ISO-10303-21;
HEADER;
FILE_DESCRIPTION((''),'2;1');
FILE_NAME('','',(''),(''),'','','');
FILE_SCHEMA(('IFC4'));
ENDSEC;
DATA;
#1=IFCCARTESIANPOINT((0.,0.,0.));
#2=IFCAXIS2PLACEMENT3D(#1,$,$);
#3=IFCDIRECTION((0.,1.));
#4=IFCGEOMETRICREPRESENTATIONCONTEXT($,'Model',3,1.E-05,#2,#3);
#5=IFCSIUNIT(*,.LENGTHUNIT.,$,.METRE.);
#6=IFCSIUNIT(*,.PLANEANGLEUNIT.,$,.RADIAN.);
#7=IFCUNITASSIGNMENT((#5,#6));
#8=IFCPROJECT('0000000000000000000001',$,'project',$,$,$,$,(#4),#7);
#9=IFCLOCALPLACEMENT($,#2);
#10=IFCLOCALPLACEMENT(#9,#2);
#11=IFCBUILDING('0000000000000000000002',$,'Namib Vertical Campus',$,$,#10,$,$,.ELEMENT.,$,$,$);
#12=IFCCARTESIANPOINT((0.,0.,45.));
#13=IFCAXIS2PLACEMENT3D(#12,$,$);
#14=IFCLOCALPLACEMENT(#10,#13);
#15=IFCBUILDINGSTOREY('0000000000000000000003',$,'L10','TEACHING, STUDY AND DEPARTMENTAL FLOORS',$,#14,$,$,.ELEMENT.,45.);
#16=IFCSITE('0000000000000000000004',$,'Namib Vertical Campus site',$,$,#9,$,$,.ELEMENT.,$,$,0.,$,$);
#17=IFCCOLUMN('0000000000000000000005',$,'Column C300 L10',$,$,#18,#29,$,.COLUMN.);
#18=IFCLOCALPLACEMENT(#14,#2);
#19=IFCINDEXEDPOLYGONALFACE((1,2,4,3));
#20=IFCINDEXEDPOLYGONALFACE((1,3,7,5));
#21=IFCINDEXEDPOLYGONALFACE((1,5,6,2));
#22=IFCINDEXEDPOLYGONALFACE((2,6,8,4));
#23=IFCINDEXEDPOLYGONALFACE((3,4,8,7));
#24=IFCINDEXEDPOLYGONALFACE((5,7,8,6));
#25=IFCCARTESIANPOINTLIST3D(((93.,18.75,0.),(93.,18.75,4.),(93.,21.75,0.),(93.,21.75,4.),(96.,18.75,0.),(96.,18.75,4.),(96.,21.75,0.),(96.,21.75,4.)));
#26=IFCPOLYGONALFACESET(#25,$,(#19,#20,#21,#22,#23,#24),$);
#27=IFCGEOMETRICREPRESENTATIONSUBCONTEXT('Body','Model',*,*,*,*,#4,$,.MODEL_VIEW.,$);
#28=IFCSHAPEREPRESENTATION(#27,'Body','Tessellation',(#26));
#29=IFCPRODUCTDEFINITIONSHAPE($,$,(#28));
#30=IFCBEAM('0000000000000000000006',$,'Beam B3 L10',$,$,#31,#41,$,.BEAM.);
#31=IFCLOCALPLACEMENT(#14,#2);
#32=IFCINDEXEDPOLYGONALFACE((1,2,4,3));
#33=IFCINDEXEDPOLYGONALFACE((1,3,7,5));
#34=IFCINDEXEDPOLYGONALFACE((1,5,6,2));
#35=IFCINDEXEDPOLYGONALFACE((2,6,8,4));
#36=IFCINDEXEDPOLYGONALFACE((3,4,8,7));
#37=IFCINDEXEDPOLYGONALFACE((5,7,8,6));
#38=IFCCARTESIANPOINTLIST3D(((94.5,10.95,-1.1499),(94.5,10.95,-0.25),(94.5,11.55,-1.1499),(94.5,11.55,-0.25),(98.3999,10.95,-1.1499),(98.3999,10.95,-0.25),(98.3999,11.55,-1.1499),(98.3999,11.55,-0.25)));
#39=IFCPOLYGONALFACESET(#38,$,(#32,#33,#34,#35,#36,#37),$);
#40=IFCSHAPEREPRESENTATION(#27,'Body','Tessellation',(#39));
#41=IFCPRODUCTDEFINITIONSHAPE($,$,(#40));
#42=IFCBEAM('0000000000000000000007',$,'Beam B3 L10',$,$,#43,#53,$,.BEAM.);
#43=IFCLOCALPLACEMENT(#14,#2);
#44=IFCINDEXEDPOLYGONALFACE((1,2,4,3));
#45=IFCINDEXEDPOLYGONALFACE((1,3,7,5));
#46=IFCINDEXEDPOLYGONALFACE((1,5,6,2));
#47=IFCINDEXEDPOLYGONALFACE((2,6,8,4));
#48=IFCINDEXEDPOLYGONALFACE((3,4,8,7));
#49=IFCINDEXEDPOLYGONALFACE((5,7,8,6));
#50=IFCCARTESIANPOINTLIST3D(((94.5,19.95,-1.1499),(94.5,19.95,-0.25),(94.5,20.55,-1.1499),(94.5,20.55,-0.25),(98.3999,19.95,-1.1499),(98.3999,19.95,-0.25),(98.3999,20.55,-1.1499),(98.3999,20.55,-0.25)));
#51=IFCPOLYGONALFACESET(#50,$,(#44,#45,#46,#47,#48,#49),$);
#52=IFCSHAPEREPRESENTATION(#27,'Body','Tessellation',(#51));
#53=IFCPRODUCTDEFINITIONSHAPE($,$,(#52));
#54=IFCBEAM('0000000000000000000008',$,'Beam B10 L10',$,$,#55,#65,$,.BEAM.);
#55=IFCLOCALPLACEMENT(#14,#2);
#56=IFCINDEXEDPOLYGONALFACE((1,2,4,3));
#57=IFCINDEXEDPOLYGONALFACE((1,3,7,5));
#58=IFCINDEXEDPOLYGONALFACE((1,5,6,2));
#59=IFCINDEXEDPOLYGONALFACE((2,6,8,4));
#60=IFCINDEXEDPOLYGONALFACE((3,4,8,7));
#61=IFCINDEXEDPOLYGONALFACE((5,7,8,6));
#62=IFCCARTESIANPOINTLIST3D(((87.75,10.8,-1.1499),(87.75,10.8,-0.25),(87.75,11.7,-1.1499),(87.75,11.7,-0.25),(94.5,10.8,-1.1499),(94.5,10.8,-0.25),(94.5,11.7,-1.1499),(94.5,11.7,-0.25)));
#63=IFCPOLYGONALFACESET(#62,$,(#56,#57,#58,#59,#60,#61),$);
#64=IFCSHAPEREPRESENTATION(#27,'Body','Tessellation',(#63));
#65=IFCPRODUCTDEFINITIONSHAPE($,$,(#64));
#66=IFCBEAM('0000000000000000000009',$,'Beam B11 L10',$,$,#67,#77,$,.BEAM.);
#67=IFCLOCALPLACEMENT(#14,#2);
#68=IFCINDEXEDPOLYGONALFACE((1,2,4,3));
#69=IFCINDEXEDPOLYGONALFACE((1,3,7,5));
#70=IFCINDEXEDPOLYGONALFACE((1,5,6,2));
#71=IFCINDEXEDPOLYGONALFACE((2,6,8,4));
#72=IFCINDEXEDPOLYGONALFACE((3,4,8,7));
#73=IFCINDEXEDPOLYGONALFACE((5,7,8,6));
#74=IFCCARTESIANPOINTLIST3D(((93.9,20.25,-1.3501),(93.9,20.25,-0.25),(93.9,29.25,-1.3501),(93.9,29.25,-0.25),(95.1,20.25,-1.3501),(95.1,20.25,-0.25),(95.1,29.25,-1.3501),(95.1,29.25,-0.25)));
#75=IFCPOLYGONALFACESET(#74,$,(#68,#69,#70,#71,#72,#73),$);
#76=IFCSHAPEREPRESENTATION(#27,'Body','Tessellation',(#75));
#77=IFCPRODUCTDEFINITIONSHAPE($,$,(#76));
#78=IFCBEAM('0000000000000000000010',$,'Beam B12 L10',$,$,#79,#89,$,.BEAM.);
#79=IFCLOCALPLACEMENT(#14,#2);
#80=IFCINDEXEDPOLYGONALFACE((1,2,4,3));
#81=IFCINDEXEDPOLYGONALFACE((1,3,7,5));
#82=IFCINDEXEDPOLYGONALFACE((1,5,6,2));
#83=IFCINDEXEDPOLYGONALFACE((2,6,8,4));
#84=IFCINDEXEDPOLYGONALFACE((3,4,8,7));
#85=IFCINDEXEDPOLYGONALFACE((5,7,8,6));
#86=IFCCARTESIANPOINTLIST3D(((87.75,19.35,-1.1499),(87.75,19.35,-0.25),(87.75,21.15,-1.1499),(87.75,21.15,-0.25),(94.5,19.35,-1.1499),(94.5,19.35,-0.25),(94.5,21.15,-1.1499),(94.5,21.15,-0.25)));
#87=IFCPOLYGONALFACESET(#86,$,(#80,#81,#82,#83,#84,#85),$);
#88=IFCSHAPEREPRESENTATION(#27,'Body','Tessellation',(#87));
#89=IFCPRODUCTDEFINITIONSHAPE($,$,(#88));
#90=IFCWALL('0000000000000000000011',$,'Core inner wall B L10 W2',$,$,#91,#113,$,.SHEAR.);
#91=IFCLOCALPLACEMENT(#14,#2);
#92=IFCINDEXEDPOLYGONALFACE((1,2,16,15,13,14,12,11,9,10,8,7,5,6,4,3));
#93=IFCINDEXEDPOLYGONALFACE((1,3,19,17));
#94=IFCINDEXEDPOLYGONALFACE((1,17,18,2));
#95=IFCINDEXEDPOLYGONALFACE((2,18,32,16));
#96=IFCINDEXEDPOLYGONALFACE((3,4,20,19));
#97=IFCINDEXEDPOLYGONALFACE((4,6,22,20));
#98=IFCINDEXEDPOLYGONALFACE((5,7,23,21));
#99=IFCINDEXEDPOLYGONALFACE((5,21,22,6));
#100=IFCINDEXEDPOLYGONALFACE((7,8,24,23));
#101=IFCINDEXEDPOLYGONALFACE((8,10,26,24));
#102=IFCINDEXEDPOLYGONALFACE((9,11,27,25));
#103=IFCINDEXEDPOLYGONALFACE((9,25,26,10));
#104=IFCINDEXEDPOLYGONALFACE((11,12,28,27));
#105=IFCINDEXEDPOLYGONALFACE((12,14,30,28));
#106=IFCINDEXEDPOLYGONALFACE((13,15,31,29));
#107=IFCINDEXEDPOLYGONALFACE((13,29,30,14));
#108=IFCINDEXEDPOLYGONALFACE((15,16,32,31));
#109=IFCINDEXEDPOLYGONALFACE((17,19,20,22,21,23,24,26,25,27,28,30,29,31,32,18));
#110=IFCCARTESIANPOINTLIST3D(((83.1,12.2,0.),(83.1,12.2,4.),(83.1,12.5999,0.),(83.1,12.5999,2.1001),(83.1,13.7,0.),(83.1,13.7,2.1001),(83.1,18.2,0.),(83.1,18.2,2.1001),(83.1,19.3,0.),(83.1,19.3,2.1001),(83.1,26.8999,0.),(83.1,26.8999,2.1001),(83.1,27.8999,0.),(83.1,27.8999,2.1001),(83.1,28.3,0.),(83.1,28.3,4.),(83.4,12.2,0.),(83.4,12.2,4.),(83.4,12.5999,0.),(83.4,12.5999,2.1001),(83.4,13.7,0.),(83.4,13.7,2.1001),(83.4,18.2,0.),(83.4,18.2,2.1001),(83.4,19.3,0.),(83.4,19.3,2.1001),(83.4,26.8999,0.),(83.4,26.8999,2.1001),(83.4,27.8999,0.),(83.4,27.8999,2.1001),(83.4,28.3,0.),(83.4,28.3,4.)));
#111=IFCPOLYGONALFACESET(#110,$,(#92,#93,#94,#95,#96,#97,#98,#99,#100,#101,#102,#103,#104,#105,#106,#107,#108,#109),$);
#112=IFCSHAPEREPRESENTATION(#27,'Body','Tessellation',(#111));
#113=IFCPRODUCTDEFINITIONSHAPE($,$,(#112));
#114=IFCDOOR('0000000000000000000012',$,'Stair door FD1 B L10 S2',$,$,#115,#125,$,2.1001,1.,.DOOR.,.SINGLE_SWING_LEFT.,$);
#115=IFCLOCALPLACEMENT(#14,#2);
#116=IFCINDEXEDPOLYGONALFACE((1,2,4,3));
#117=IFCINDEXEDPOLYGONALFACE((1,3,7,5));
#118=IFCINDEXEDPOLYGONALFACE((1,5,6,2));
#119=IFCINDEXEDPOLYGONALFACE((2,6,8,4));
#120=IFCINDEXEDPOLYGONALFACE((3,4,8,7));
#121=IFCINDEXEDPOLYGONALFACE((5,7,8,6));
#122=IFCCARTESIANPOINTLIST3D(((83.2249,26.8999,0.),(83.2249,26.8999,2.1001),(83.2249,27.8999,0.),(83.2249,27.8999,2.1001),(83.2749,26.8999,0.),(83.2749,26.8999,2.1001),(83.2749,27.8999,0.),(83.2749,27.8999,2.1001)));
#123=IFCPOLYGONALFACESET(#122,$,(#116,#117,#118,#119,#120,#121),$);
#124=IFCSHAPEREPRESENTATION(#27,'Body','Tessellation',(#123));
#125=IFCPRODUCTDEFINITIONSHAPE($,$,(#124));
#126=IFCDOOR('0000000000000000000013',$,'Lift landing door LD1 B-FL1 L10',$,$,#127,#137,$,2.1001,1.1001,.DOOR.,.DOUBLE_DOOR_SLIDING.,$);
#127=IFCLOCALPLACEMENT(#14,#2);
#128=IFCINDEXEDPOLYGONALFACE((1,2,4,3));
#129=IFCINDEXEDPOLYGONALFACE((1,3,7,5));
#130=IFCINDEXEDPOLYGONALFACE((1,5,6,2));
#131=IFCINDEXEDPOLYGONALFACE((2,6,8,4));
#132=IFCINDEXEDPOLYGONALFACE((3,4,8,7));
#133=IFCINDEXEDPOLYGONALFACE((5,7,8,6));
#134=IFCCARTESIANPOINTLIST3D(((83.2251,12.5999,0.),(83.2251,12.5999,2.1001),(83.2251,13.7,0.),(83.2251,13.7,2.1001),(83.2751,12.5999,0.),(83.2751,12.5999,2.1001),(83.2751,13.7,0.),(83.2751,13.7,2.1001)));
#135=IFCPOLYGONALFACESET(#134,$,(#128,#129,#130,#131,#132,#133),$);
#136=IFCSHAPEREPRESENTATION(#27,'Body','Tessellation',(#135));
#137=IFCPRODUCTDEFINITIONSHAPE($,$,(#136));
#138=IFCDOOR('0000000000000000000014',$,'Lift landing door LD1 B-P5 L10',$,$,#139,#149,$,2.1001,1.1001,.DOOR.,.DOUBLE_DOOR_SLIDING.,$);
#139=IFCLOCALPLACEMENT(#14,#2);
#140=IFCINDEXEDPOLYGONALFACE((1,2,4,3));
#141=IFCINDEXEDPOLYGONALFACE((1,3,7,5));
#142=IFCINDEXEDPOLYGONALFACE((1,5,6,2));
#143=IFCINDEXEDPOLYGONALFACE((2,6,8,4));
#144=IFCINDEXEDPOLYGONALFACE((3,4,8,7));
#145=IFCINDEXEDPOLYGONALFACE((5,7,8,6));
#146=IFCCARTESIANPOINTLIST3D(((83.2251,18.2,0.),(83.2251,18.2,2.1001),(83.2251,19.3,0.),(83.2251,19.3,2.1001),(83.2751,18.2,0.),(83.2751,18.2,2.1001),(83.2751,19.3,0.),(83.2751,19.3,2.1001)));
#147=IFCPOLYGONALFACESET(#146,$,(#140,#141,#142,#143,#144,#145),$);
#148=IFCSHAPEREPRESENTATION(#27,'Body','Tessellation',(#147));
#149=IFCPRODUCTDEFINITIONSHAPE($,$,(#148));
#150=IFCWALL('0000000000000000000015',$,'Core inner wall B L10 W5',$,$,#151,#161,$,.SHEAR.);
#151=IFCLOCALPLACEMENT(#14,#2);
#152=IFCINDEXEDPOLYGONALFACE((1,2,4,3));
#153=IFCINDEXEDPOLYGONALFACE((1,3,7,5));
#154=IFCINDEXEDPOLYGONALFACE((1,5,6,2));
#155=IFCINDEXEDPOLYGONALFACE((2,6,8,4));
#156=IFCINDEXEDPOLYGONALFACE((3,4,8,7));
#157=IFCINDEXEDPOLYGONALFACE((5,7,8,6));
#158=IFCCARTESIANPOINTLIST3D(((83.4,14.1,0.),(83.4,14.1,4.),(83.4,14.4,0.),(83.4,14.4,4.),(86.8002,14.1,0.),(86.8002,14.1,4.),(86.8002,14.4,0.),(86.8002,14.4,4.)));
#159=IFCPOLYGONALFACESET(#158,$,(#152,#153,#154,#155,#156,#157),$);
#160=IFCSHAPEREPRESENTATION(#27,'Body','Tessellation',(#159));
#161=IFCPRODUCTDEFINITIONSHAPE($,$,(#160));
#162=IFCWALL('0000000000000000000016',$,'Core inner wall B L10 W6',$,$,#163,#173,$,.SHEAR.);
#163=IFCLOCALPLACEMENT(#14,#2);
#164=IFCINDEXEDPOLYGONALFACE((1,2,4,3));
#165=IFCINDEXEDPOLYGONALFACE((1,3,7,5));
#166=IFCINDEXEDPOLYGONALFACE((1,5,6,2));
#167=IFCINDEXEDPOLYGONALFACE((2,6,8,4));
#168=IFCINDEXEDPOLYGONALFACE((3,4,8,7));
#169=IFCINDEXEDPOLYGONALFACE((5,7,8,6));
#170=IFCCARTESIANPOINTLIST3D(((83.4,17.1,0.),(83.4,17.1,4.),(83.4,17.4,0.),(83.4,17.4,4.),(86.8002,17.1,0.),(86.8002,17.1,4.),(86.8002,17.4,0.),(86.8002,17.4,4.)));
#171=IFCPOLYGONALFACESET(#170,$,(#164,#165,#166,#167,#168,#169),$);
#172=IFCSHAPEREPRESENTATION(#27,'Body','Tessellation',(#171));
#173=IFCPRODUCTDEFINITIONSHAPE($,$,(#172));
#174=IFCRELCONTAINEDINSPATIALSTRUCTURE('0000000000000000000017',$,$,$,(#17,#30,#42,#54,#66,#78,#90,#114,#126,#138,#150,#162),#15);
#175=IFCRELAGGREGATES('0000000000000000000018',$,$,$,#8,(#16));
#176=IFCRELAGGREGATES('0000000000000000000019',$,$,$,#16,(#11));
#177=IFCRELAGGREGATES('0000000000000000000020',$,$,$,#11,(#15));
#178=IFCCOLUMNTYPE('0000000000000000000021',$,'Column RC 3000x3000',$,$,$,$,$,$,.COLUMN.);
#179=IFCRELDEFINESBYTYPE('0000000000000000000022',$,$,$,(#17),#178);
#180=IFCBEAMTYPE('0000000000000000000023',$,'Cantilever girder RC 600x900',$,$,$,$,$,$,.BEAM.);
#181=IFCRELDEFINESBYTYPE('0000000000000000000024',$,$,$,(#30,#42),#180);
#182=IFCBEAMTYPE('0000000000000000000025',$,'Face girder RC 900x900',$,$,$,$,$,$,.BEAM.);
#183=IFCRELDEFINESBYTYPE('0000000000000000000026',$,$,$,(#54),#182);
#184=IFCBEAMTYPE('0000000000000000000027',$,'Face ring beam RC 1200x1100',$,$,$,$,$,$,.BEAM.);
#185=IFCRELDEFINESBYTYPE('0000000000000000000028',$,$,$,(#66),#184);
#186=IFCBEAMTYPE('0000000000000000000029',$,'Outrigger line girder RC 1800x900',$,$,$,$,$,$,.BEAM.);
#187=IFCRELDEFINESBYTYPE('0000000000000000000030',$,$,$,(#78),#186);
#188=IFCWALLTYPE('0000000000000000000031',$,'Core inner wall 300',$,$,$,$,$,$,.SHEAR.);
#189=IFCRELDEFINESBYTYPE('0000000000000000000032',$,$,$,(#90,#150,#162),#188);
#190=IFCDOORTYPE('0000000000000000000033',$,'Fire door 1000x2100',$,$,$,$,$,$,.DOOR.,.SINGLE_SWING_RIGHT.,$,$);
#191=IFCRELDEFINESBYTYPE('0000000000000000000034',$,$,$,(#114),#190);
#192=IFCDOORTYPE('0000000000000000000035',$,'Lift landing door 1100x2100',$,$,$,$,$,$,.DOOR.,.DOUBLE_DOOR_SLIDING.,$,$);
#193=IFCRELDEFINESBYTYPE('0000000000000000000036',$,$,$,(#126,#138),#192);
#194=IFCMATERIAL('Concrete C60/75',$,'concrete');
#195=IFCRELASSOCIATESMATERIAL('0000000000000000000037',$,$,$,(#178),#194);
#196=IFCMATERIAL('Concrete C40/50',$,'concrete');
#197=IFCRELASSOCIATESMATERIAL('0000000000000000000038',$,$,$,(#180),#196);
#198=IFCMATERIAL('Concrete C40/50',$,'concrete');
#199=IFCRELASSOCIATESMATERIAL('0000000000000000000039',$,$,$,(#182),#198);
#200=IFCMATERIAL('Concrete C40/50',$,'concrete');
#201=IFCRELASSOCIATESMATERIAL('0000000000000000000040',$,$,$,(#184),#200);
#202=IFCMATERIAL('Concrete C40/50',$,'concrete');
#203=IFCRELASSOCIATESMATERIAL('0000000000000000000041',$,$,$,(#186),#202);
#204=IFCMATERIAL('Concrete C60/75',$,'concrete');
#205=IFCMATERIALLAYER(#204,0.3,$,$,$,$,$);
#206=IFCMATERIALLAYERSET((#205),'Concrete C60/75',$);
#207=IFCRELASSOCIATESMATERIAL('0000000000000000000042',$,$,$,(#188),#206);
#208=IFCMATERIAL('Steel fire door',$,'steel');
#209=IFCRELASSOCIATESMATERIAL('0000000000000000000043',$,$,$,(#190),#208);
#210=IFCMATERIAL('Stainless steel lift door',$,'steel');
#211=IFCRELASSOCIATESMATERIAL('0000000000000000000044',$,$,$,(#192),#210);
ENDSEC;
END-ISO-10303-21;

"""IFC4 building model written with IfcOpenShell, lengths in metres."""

from ifc_helpers import new_model, si_unit, direction, frame, frame_2d, origin, origin_2d, place, context, subcontext, project, spatial, rectangle, extrude, material, layer, layer_set, material_profile, profile_set, type_object, element, fill, save


model = new_model("IFC4")

# Units and contexts
model_context = context("Model", 3, precision=1e-05, world=origin(), true_north=direction((0.0, 1.0)))
body_context = subcontext(model_context, "Body", "Model", "MODEL_VIEW")
ifc_project = project(units=[si_unit("LENGTHUNIT", "METRE"), si_unit("PLANEANGLEUNIT", "RADIAN")], contexts=[model_context])

# Site, building, storey
site_placement = place(None, origin())
site = spatial("IfcSite", under=ifc_project, at=site_placement, Name="Namib Vertical Campus site", CompositionType="ELEMENT", RefElevation=0.0)
building_placement = place(site_placement, origin())
building = spatial("IfcBuilding", under=site, at=building_placement, Name="Namib Vertical Campus", CompositionType="ELEMENT")
storey_placement = place(building_placement, frame((0.0, 0.0, 45.0)))
storey = spatial("IfcBuildingStorey", under=building, at=storey_placement, Name="L10", Description="TEACHING, STUDY AND DEPARTMENTAL FLOORS", CompositionType="ELEMENT", Elevation=45.0)

# Column
ifc_material_1 = material(Name="Concrete C60/75", Category="concrete")
ifc_material_profile_1 = material_profile(ifc_material_1, rectangle(XDim=3.0, YDim=3.0, at=origin_2d()))
ifc_profile_set_1 = profile_set([ifc_material_profile_1], Name="Concrete C60/75")
column_type = type_object("IfcColumnType", Name="Column RC 3000x3000", PredefinedType="COLUMN", material=ifc_profile_set_1)
column_placement = place(storey_placement, frame((94.5, 20.25, 0.0), z_axis=(0.0, 0.0, 1.0), x_axis=(1.0, 0.0, 0.0)))
element("IfcColumn", 1, at=column_placement, inside=storey, type_object=column_type, Name="Column C300 L10", PredefinedType="COLUMN", context=body_context, shape_type="SweptSolid", body=[
    extrude(rectangle(XDim=3.0, YDim=3.0, at=origin_2d()), origin(), (0.0, 0.0, 1.0), 4.0),
])

# Beams
ifc_material_2 = material(Name="Concrete C40/50", Category="concrete")
ifc_material_profile_2 = material_profile(ifc_material_2, rectangle(XDim=0.6001, YDim=0.8999, at=origin_2d()))
ifc_profile_set_2 = profile_set([ifc_material_profile_2], Name="Concrete C40/50")
beam_type_1 = type_object("IfcBeamType", Name="Cantilever girder RC 600x900", PredefinedType="BEAM", material=ifc_profile_set_2)
for number, where, z_axis, x_axis, name in (
    (2, (94.5, 11.25, -0.7), (1.0, 0.0, 0.0), (0.0, 1.0, 0.0), "Beam B3 L10"),
    (3, (94.5, 20.25, -0.7), (1.0, 0.0, 0.0), (0.0, 1.0, 0.0), "Beam B3 L10"),
):
    element("IfcBeam", number, at=place(storey_placement, frame(where, z_axis=z_axis, x_axis=x_axis)), inside=storey, type_object=beam_type_1, Name=name, PredefinedType="BEAM", context=body_context, shape_type="SweptSolid", body=[
        extrude(rectangle(XDim=0.6001, YDim=0.8999, at=origin_2d()), origin(), (0.0, 0.0, 1.0), 3.8999),
    ])
ifc_material_3 = material(Name="Concrete C40/50", Category="concrete")
ifc_material_profile_3 = material_profile(ifc_material_3, rectangle(XDim=0.8999, YDim=0.8999, at=origin_2d()))
ifc_profile_set_3 = profile_set([ifc_material_profile_3], Name="Concrete C40/50")
beam_type_2 = type_object("IfcBeamType", Name="Face girder RC 900x900", PredefinedType="BEAM", material=ifc_profile_set_3)
beam_1_placement = place(storey_placement, frame((94.5, 11.25, -0.7), z_axis=(-1.0, 0.0, 0.0), x_axis=(0.0, -1.0, 0.0)))
element("IfcBeam", 4, at=beam_1_placement, inside=storey, type_object=beam_type_2, Name="Beam B10 L10", PredefinedType="BEAM", context=body_context, shape_type="SweptSolid", body=[
    extrude(rectangle(XDim=0.8999, YDim=0.8999, at=origin_2d()), origin(), (0.0, 0.0, 1.0), 6.75),
])
ifc_material_4 = material(Name="Concrete C40/50", Category="concrete")
ifc_material_profile_4 = material_profile(ifc_material_4, rectangle(XDim=1.2, YDim=1.1001, at=origin_2d()))
ifc_profile_set_4 = profile_set([ifc_material_profile_4], Name="Concrete C40/50")
beam_type_3 = type_object("IfcBeamType", Name="Face ring beam RC 1200x1100", PredefinedType="BEAM", material=ifc_profile_set_4)
beam_2_placement = place(storey_placement, frame((94.5, 20.25, -0.8), z_axis=(0.0, 1.0, 0.0), x_axis=(-1.0, 0.0, 0.0)))
element("IfcBeam", 5, at=beam_2_placement, inside=storey, type_object=beam_type_3, Name="Beam B11 L10", PredefinedType="BEAM", context=body_context, shape_type="SweptSolid", body=[
    extrude(rectangle(XDim=1.2, YDim=1.1001, at=origin_2d()), origin(), (0.0, 0.0, 1.0), 9.0),
])
ifc_material_5 = material(Name="Concrete C40/50", Category="concrete")
ifc_material_profile_5 = material_profile(ifc_material_5, rectangle(XDim=1.8, YDim=0.8999, at=origin_2d()))
ifc_profile_set_5 = profile_set([ifc_material_profile_5], Name="Concrete C40/50")
beam_type_4 = type_object("IfcBeamType", Name="Outrigger line girder RC 1800x900", PredefinedType="BEAM", material=ifc_profile_set_5)
beam_3_placement = place(storey_placement, frame((94.5, 20.25, -0.7), z_axis=(-1.0, 0.0, 0.0), x_axis=(0.0, -1.0, 0.0)))
element("IfcBeam", 6, at=beam_3_placement, inside=storey, type_object=beam_type_4, Name="Beam B12 L10", PredefinedType="BEAM", context=body_context, shape_type="SweptSolid", body=[
    extrude(rectangle(XDim=1.8, YDim=0.8999, at=origin_2d()), origin(), (0.0, 0.0, 1.0), 6.75),
])

# Wall, openings, doors
ifc_material_6 = material(Name="Concrete C60/75", Category="concrete")
ifc_layer_1 = layer(ifc_material_6, 0.3)
ifc_layer_set_1 = layer_set([ifc_layer_1], Name="Concrete C60/75")
wall_type_1 = type_object("IfcWallType", Name="Core inner wall 300", PredefinedType="SHEAR", material=ifc_layer_set_1)
wall_1_placement = place(storey_placement, frame((83.25, 12.2, 0.0), z_axis=(0.0, 0.0, 1.0), x_axis=(0.0, 1.0, 0.0)))
wall_1 = element("IfcWall", 7, at=wall_1_placement, inside=storey, type_object=wall_type_1, Name="Core inner wall B L10 W2", PredefinedType="SHEAR", context=body_context, shape_type="SweptSolid", body=[
    extrude(rectangle(XDim=16.1001, YDim=0.3, at=frame_2d((8.05, 0.0))), origin(), (0.0, 0.0, 1.0), 4.0),
])
opening_1_placement = place(wall_1_placement, frame((14.7, 0.0, 0.0)))
opening_1 = element("IfcOpeningElement", 8, at=opening_1_placement, cuts=wall_1, PredefinedType="OPENING", context=body_context, shape_type="SweptSolid", body=[
    extrude(rectangle(XDim=1.0, YDim=2.1001, at=frame_2d((0.5, 1.05))), frame((0.0, 0.1599, 0.0), z_axis=(0.0, -1.0, 0.0), x_axis=(1.0, 0.0, 0.0)), (0.0, 0.0, 1.0), 0.3201),
])
opening_2_placement = place(wall_1_placement, frame((0.3999, 0.0, 0.0)))
opening_2 = element("IfcOpeningElement", 9, at=opening_2_placement, cuts=wall_1, PredefinedType="OPENING", context=body_context, shape_type="SweptSolid", body=[
    extrude(rectangle(XDim=1.1001, YDim=2.1001, at=frame_2d((0.55, 1.05))), frame((0.0, 0.1599, 0.0), z_axis=(0.0, -1.0, 0.0), x_axis=(1.0, 0.0, 0.0)), (0.0, 0.0, 1.0), 0.3201),
])
opening_3_placement = place(wall_1_placement, frame((6.0, 0.0, 0.0)))
opening_3 = element("IfcOpeningElement", 10, at=opening_3_placement, cuts=wall_1, PredefinedType="OPENING", context=body_context, shape_type="SweptSolid", body=[
    extrude(rectangle(XDim=1.1001, YDim=2.1001, at=frame_2d((0.55, 1.05))), frame((0.0, 0.1599, 0.0), z_axis=(0.0, -1.0, 0.0), x_axis=(1.0, 0.0, 0.0)), (0.0, 0.0, 1.0), 0.3201),
])
ifc_material_7 = material(Name="Steel fire door", Category="steel")
door_type_1 = type_object("IfcDoorType", Name="Fire door 1000x2100", OperationType="SINGLE_SWING_RIGHT", PredefinedType="DOOR", material=ifc_material_7)
door_1_placement = place(opening_1_placement, frame((1.0, 0.0, 0.0), z_axis=(0.0, 0.0, 1.0), x_axis=(-1.0, 0.0, 0.0)))
door_1 = element("IfcDoor", 11, at=door_1_placement, inside=storey, type_object=door_type_1, Name="Stair door FD1 B L10 S2", OperationType="SINGLE_SWING_LEFT", OverallHeight=2.1001, OverallWidth=1.0, PredefinedType="DOOR", context=body_context, shape_type="SweptSolid", body=[
    extrude(rectangle(XDim=1.0, YDim=2.1001, at=frame_2d((0.5, 1.05))), frame((0.0, 0.0249, 0.0), z_axis=(0.0, -1.0, 0.0), x_axis=(1.0, 0.0, 0.0)), (0.0, 0.0, 1.0), 0.05),
])
fill(opening_1, door_1)
ifc_material_8 = material(Name="Stainless steel lift door", Category="steel")
door_type_2 = type_object("IfcDoorType", Name="Lift landing door 1100x2100", OperationType="DOUBLE_DOOR_SLIDING", PredefinedType="DOOR", material=ifc_material_8)
door_2_placement = place(opening_2_placement, origin())
door_2 = element("IfcDoor", 12, at=door_2_placement, inside=storey, type_object=door_type_2, Name="Lift landing door LD1 B-FL1 L10", OperationType="DOUBLE_DOOR_SLIDING", OverallHeight=2.1001, OverallWidth=1.1001, PredefinedType="DOOR", context=body_context, shape_type="SweptSolid", body=[
    extrude(rectangle(XDim=1.1001, YDim=2.1001, at=frame_2d((0.55, 1.05))), frame((0.0, 0.0249, 0.0), z_axis=(0.0, -1.0, 0.0), x_axis=(1.0, 0.0, 0.0)), (0.0, 0.0, 1.0), 0.05),
])
fill(opening_2, door_2)
door_3_placement = place(opening_3_placement, origin())
door_3 = element("IfcDoor", 13, at=door_3_placement, inside=storey, type_object=door_type_2, Name="Lift landing door LD1 B-P5 L10", OperationType="DOUBLE_DOOR_SLIDING", OverallHeight=2.1001, OverallWidth=1.1001, PredefinedType="DOOR", context=body_context, shape_type="SweptSolid", body=[
    extrude(rectangle(XDim=1.1001, YDim=2.1001, at=frame_2d((0.55, 1.05))), frame((0.0, 0.0249, 0.0), z_axis=(0.0, -1.0, 0.0), x_axis=(1.0, 0.0, 0.0)), (0.0, 0.0, 1.0), 0.05),
])
fill(opening_3, door_3)

# Walls
for number, where, z_axis, x_axis, name in (
    (14, (83.3999, 14.25, 0.0), (0.0, 0.0, 1.0), (1.0, 0.0, 0.0), "Core inner wall B L10 W5"),
    (15, (83.3999, 17.25, 0.0), (0.0, 0.0, 1.0), (1.0, 0.0, 0.0), "Core inner wall B L10 W6"),
):
    element("IfcWall", number, at=place(storey_placement, frame(where, z_axis=z_axis, x_axis=x_axis)), inside=storey, type_object=wall_type_1, Name=name, PredefinedType="SHEAR", context=body_context, shape_type="SweptSolid", body=[
        extrude(rectangle(XDim=3.4001, YDim=0.3, at=frame_2d((1.7002, 0.0))), origin(), (0.0, 0.0, 1.0), 4.0),
    ])

save(model, "model.ifc")
